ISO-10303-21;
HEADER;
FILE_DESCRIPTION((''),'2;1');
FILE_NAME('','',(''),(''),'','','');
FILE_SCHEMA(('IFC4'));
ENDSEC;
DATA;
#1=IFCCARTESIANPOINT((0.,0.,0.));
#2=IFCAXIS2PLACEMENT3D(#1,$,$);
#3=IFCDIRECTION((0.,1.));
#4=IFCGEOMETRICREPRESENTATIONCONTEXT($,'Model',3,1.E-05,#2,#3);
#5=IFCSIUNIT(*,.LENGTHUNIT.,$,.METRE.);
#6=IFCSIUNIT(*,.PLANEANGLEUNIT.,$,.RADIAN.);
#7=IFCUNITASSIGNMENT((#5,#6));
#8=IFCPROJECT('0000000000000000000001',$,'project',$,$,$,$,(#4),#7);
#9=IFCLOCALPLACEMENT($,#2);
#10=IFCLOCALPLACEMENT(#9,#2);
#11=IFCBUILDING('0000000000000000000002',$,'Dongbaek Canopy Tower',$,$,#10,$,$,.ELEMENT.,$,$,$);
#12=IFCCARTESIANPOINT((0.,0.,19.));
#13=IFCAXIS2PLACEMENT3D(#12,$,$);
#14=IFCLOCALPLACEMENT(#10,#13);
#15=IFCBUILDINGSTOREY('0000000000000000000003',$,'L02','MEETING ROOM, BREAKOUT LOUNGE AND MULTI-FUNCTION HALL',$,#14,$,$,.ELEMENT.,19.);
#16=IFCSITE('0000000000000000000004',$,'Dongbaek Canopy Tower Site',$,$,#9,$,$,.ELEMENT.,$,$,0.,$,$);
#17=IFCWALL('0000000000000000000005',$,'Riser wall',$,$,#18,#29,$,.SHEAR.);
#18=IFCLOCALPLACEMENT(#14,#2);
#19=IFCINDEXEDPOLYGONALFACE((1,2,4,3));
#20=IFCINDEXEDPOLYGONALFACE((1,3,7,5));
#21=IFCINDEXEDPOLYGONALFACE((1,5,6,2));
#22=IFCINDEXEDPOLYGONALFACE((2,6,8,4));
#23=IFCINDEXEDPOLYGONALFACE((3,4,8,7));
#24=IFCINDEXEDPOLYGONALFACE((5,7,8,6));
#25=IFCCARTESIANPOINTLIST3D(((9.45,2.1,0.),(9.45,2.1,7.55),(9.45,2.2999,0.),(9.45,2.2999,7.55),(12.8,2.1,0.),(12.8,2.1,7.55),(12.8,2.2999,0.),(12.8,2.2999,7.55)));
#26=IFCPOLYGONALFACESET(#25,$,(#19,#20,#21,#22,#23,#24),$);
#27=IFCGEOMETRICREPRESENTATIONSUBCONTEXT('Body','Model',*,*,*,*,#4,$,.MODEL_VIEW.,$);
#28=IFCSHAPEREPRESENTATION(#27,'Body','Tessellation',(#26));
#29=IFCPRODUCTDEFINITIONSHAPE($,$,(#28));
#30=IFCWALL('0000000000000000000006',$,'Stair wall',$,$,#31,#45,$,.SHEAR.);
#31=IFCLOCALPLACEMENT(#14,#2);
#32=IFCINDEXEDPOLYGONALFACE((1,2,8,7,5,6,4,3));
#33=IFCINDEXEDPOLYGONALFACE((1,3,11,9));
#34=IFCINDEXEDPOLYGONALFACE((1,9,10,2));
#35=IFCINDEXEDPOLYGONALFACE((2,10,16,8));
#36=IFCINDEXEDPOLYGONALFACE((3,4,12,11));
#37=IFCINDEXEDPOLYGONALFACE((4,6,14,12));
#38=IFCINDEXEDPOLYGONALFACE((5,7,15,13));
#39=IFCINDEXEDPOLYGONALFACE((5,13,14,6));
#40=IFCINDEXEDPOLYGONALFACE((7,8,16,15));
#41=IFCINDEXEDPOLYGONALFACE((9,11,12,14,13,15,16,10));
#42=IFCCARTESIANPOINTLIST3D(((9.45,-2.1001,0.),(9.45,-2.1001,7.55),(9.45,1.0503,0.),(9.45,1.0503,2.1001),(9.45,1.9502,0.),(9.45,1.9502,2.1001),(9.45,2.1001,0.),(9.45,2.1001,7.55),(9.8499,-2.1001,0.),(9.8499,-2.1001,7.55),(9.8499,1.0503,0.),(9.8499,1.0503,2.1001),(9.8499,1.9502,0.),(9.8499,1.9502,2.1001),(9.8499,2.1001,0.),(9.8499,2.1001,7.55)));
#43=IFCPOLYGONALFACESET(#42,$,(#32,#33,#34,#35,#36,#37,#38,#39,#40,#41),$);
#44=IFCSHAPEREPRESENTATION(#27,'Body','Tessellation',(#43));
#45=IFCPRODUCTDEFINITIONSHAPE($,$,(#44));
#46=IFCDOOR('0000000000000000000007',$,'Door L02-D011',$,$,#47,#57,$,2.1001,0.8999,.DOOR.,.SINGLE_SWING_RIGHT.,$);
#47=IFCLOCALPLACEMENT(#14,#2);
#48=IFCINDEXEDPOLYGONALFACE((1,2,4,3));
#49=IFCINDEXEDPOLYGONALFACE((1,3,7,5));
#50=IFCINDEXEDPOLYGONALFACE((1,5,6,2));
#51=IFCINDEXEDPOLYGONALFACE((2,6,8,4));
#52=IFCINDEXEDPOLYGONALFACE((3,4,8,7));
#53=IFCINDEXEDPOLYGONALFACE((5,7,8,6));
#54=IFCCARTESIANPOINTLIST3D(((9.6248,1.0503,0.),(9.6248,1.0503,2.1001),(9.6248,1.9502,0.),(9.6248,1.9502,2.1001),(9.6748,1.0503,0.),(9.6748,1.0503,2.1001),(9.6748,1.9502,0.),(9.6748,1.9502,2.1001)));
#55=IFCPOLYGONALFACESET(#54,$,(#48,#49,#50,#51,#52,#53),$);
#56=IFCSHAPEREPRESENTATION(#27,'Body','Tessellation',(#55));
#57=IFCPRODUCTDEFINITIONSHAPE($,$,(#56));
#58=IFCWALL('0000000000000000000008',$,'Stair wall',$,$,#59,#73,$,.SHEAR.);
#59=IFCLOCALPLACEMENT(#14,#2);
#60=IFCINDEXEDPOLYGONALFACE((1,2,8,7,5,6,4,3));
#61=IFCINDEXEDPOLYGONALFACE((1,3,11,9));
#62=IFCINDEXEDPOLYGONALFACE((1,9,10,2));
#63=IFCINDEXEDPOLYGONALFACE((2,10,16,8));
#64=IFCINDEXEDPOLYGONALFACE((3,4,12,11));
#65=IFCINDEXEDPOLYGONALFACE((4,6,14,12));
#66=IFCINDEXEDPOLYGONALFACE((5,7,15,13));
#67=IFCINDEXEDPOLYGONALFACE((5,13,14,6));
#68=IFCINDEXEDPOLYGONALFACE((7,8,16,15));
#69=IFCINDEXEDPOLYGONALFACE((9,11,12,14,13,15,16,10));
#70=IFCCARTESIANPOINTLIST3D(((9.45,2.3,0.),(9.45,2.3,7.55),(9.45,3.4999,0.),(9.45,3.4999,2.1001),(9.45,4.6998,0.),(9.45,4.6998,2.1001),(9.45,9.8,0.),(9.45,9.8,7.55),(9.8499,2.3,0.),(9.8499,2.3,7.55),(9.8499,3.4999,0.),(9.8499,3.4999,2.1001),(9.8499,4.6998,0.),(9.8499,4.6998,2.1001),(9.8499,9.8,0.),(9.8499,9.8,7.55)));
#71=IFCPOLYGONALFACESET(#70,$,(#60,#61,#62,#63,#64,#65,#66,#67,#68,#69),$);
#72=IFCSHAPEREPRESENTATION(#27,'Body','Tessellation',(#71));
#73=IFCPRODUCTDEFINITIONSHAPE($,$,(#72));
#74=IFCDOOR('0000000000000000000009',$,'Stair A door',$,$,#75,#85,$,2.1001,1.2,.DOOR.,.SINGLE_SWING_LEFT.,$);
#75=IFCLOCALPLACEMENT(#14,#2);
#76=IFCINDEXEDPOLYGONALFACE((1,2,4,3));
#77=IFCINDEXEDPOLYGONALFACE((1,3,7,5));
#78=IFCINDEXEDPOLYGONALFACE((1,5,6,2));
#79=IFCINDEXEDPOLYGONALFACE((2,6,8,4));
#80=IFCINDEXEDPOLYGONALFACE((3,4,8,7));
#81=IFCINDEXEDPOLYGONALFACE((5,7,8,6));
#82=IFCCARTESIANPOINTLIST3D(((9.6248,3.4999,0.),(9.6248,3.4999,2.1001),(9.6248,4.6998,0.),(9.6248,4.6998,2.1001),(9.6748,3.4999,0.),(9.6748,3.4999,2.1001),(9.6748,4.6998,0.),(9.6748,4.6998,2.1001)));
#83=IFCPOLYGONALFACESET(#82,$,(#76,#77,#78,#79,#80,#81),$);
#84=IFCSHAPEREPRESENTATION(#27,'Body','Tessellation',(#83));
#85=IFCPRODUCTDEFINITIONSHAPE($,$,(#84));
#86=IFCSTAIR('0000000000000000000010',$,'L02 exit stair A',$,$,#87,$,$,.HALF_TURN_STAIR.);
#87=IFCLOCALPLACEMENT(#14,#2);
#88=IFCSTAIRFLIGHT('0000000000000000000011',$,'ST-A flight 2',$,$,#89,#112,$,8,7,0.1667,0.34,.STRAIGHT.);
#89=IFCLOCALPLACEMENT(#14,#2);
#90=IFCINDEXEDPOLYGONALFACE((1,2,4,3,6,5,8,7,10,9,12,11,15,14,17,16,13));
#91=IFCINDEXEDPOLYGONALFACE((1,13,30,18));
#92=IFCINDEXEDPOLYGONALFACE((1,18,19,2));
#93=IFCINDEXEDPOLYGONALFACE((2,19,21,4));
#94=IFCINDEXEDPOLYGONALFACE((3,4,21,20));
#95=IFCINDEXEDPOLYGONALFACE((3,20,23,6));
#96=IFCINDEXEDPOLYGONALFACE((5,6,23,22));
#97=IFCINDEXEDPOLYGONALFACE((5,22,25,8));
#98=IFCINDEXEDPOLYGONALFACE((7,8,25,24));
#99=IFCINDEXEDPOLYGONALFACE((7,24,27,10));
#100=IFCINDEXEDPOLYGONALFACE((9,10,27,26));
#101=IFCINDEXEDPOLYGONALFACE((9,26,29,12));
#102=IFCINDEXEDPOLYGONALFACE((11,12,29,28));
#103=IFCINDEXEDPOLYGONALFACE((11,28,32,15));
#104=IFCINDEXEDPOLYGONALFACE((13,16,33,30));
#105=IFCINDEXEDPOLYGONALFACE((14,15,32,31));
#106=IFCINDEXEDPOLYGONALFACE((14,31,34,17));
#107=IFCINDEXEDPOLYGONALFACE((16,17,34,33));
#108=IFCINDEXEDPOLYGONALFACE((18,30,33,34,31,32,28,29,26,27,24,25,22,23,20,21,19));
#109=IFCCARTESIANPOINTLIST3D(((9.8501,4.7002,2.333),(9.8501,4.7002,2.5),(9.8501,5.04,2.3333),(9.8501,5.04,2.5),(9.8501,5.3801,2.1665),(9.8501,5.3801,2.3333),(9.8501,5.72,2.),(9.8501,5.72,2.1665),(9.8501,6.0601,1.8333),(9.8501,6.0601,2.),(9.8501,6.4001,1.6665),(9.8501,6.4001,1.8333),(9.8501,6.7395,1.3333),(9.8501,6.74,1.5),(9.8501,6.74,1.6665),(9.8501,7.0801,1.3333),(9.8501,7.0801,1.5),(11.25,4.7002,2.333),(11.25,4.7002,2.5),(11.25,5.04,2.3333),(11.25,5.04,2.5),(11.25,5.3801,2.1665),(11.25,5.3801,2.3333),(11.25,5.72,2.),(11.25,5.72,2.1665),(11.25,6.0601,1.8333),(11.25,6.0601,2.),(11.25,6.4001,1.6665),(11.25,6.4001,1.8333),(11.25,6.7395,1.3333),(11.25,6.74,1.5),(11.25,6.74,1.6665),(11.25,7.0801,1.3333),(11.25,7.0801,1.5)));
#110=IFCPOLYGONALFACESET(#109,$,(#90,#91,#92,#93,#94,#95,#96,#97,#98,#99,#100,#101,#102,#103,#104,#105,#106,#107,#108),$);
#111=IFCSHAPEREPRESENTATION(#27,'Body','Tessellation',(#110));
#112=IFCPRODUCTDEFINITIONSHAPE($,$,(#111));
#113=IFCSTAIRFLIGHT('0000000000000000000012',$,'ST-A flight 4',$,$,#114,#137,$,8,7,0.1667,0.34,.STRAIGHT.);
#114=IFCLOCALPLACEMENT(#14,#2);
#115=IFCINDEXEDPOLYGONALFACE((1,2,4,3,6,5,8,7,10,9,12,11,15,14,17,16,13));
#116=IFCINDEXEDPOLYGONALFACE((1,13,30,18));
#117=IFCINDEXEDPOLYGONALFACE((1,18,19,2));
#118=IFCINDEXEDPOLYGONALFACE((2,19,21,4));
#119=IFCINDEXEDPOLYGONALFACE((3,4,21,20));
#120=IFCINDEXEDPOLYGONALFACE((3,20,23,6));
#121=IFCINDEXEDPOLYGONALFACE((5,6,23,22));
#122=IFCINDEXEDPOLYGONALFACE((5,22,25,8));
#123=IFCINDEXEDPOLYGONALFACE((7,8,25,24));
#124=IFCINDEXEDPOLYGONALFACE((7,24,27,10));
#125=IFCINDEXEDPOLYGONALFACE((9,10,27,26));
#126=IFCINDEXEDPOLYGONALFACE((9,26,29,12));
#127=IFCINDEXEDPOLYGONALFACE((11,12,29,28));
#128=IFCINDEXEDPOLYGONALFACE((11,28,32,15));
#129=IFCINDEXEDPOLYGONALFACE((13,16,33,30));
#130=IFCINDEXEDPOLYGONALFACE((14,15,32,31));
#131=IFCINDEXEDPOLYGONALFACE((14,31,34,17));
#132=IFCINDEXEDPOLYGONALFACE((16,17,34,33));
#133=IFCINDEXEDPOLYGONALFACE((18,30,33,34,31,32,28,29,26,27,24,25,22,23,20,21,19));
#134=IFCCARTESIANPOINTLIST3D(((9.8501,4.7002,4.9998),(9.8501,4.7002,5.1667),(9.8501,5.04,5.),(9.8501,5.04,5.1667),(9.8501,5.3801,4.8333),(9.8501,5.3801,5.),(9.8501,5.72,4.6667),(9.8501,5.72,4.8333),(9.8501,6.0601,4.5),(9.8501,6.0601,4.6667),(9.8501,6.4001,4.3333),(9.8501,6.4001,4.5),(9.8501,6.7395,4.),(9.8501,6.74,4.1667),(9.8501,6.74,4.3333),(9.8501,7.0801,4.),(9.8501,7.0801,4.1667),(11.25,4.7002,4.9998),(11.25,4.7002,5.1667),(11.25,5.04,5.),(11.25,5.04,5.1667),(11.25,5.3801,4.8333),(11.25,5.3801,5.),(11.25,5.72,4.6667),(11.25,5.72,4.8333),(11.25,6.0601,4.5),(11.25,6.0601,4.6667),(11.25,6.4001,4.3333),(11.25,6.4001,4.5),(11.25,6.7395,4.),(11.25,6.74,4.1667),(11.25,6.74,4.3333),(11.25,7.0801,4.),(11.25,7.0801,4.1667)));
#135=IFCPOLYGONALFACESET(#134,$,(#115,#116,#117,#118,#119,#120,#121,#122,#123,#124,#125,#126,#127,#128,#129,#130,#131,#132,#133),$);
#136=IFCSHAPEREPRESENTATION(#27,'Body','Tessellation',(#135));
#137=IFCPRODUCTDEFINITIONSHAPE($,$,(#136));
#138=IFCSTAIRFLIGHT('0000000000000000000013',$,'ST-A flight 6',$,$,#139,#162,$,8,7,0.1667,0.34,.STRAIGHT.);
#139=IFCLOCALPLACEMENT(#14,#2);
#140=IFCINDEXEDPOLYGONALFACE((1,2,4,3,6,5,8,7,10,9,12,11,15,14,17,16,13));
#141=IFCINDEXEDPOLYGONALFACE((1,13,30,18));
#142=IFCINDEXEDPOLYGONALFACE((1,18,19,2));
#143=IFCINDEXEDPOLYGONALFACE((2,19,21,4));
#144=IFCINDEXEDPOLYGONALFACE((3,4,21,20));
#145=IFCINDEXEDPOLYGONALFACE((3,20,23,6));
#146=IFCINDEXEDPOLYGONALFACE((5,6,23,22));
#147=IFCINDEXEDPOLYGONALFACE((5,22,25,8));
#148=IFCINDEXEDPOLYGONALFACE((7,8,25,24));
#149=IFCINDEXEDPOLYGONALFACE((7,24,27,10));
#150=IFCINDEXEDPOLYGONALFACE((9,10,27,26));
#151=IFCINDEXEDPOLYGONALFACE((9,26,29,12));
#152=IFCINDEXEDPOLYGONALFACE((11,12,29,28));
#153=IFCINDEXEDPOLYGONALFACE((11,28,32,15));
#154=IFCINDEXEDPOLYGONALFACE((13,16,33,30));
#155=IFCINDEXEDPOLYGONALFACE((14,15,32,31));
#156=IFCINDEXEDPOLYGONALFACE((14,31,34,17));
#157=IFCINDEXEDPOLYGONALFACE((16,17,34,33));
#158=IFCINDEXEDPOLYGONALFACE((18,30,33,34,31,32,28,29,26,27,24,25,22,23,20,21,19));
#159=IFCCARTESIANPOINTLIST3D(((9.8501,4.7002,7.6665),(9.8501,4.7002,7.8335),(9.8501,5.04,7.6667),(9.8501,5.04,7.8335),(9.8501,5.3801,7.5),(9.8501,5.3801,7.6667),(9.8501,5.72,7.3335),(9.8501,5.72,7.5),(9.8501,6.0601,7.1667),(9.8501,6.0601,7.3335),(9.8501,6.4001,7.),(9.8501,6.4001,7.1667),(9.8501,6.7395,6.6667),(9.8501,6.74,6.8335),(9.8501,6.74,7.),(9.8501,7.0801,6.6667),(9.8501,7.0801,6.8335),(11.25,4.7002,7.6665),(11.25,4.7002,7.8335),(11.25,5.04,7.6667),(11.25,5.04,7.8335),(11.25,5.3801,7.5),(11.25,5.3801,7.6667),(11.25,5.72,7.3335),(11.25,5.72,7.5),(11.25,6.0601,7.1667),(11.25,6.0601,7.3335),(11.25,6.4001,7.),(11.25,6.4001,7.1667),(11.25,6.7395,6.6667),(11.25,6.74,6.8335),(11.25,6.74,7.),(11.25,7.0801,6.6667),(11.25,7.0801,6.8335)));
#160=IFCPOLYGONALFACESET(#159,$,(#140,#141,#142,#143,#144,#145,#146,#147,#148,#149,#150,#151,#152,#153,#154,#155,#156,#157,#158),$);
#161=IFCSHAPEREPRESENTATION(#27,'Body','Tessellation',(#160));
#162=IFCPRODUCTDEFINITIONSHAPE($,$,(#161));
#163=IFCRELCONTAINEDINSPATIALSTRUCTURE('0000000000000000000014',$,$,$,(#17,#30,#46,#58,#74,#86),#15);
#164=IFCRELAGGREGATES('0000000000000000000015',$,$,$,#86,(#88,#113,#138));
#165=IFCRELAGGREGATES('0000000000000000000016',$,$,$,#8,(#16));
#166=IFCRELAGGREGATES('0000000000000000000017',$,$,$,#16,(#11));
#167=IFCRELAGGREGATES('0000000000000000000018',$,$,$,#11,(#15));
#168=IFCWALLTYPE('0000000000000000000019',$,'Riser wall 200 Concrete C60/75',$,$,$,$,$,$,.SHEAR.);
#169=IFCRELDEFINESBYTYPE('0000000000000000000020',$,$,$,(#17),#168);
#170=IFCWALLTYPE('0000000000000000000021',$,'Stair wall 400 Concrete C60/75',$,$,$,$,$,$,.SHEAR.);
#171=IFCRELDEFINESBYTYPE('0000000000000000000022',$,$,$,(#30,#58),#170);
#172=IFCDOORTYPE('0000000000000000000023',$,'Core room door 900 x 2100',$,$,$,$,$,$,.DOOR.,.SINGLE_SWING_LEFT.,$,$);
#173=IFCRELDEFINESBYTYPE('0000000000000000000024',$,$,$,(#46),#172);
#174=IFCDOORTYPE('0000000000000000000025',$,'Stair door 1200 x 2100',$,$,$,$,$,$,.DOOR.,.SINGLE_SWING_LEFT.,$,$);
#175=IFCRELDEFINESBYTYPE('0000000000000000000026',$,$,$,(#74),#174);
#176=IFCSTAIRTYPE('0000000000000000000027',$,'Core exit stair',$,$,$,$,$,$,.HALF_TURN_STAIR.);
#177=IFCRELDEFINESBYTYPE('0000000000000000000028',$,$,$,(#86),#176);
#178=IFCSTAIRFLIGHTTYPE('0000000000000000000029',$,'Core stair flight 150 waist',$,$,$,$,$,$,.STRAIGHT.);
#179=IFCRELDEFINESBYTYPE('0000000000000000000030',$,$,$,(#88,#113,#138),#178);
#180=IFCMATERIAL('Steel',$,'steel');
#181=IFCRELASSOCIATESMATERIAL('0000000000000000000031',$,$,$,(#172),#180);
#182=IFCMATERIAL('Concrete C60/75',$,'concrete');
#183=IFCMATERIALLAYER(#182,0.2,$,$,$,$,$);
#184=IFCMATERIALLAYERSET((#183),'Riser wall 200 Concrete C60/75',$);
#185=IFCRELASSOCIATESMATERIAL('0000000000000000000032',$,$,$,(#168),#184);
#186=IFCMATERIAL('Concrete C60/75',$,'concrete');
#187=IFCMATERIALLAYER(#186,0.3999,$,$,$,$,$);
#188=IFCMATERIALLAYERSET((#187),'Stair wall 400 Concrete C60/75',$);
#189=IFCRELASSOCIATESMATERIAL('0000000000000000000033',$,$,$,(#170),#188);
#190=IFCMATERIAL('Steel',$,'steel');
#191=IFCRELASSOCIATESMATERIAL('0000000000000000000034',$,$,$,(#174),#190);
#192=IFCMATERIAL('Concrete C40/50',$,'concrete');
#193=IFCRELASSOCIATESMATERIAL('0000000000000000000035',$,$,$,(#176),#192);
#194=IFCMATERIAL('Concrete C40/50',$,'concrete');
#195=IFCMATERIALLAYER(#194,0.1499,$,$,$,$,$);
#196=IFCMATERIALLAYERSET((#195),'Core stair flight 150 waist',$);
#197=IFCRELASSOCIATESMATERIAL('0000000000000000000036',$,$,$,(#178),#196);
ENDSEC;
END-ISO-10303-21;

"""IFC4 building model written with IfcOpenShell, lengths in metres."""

from ifc_helpers import new_model, si_unit, direction, frame, frame_2d, origin, place, context, subcontext, project, spatial, polyline, rectangle, outline, extrude, material, layer, layer_set, type_object, element, fill, aggregate, save


model = new_model("IFC4")

# Units and contexts
model_context = context("Model", 3, precision=1e-05, world=origin(), true_north=direction((0.0, 1.0)))
body_context = subcontext(model_context, "Body", "Model", "MODEL_VIEW")
ifc_project = project(units=[si_unit("LENGTHUNIT", "METRE"), si_unit("PLANEANGLEUNIT", "RADIAN")], contexts=[model_context])

# Site, building, storey
site_placement = place(None, origin())
site = spatial("IfcSite", under=ifc_project, at=site_placement, Name="Dongbaek Canopy Tower Site", CompositionType="ELEMENT", RefElevation=0.0)
building_placement = place(site_placement, origin())
building = spatial("IfcBuilding", under=site, at=building_placement, Name="Dongbaek Canopy Tower", CompositionType="ELEMENT")
storey_placement = place(building_placement, frame((0.0, 0.0, 19.0)))
storey = spatial("IfcBuildingStorey", under=building, at=storey_placement, Name="L02", Description="MEETING ROOM, BREAKOUT LOUNGE AND MULTI-FUNCTION HALL", CompositionType="ELEMENT", Elevation=19.0)

# Shared definitions
ifc_material_1 = material(Name="Steel", Category="steel")
door_type_1 = type_object("IfcDoorType", Name="Core room door 900 x 2100", OperationType="SINGLE_SWING_LEFT", PredefinedType="DOOR", material=ifc_material_1)

# Wall
ifc_material_2 = material(Name="Concrete C60/75", Category="concrete")
ifc_layer_1 = layer(ifc_material_2, 0.2)
ifc_layer_set_1 = layer_set([ifc_layer_1], Name="Riser wall 200 Concrete C60/75")
wall_type_1 = type_object("IfcWallType", Name="Riser wall 200 Concrete C60/75", PredefinedType="SHEAR", material=ifc_layer_set_1)
wall_1_placement = place(storey_placement, frame((9.45, 2.2, 0.0), z_axis=(0.0, 0.0, 1.0), x_axis=(1.0, 0.0, 0.0)))
element("IfcWall", 1, at=wall_1_placement, inside=storey, type_object=wall_type_1, Name="Riser wall", PredefinedType="SHEAR", context=body_context, shape_type="SweptSolid", body=[
    extrude(rectangle(XDim=3.3501, YDim=0.2, at=frame_2d((1.675, 0.0))), origin(), (0.0, 0.0, 1.0), 7.55),
])

# Walls, openings, doors
ifc_material_3 = material(Name="Concrete C60/75", Category="concrete")
ifc_layer_2 = layer(ifc_material_3, 0.3999)
ifc_layer_set_2 = layer_set([ifc_layer_2], Name="Stair wall 400 Concrete C60/75")
wall_type_2 = type_object("IfcWallType", Name="Stair wall 400 Concrete C60/75", PredefinedType="SHEAR", material=ifc_layer_set_2)
wall_2_placement = place(storey_placement, frame((9.6499, 2.1001, 0.0), z_axis=(0.0, 0.0, 1.0), x_axis=(0.0, -1.0, 0.0)))
wall_2 = element("IfcWall", 2, at=wall_2_placement, inside=storey, type_object=wall_type_2, Name="Stair wall", PredefinedType="SHEAR", context=body_context, shape_type="SweptSolid", body=[
    extrude(rectangle(XDim=4.2002, YDim=0.3999, at=frame_2d((2.1001, 0.0))), origin(), (0.0, 0.0, 1.0), 7.55),
])
opening_1_placement = place(wall_2_placement, frame((0.1499, 0.0, 0.0)))
opening_1 = element("IfcOpeningElement", 3, at=opening_1_placement, cuts=wall_2, PredefinedType="OPENING", context=body_context, shape_type="SweptSolid", body=[
    extrude(rectangle(XDim=0.8999, YDim=2.1001, at=frame_2d((0.45, 1.05))), frame((0.0, 0.21, 0.0), z_axis=(0.0, -1.0, 0.0), x_axis=(1.0, 0.0, 0.0)), (0.0, 0.0, 1.0), 0.4199),
])
door_1_placement = place(opening_1_placement, origin())
door_1 = element("IfcDoor", 4, at=door_1_placement, inside=storey, type_object=door_type_1, Name="Door L02-D011", OperationType="SINGLE_SWING_RIGHT", OverallHeight=2.1001, OverallWidth=0.8999, PredefinedType="DOOR", context=body_context, shape_type="SweptSolid", body=[
    extrude(rectangle(XDim=0.8999, YDim=2.1001, at=frame_2d((0.45, 1.05))), frame((0.0, 0.0249, 0.0), z_axis=(0.0, -1.0, 0.0), x_axis=(1.0, 0.0, 0.0)), (0.0, 0.0, 1.0), 0.05),
])
fill(opening_1, door_1)
wall_3_placement = place(storey_placement, frame((9.6499, 9.8, 0.0), z_axis=(0.0, 0.0, 1.0), x_axis=(0.0, -1.0, 0.0)))
wall_3 = element("IfcWall", 5, at=wall_3_placement, inside=storey, type_object=wall_type_2, Name="Stair wall", PredefinedType="SHEAR", context=body_context, shape_type="SweptSolid", body=[
    extrude(rectangle(XDim=7.5, YDim=0.3999, at=frame_2d((3.75, 0.0))), origin(), (0.0, 0.0, 1.0), 7.55),
])
opening_2_placement = place(wall_3_placement, frame((5.1001, 0.0, 0.0)))
opening_2 = element("IfcOpeningElement", 6, at=opening_2_placement, cuts=wall_3, PredefinedType="OPENING", context=body_context, shape_type="SweptSolid", body=[
    extrude(rectangle(XDim=1.2, YDim=2.1001, at=frame_2d((0.6001, 1.05))), frame((0.0, 0.21, 0.0), z_axis=(0.0, -1.0, 0.0), x_axis=(1.0, 0.0, 0.0)), (0.0, 0.0, 1.0), 0.4199),
])
ifc_material_4 = material(Name="Steel", Category="steel")
door_type_2 = type_object("IfcDoorType", Name="Stair door 1200 x 2100", OperationType="SINGLE_SWING_LEFT", PredefinedType="DOOR", material=ifc_material_4)
door_2_placement = place(opening_2_placement, origin())
door_2 = element("IfcDoor", 7, at=door_2_placement, inside=storey, type_object=door_type_2, Name="Stair A door", OperationType="SINGLE_SWING_LEFT", OverallHeight=2.1001, OverallWidth=1.2, PredefinedType="DOOR", context=body_context, shape_type="SweptSolid", body=[
    extrude(rectangle(XDim=1.2, YDim=2.1001, at=frame_2d((0.6001, 1.05))), frame((0.0, 0.0249, 0.0), z_axis=(0.0, -1.0, 0.0), x_axis=(1.0, 0.0, 0.0)), (0.0, 0.0, 1.0), 0.05),
])
fill(opening_2, door_2)

# Stair, stair flights
ifc_material_5 = material(Name="Concrete C40/50", Category="concrete")
stair_type = type_object("IfcStairType", Name="Core exit stair", PredefinedType="HALF_TURN_STAIR", material=ifc_material_5)
stair_placement = place(storey_placement, origin())
stair = element("IfcStair", 8, at=stair_placement, inside=storey, type_object=stair_type, Name="L02 exit stair A", PredefinedType="HALF_TURN_STAIR")
ifc_material_6 = material(Name="Concrete C40/50", Category="concrete")
ifc_layer_3 = layer(ifc_material_6, 0.1499)
ifc_layer_set_3 = layer_set([ifc_layer_3], Name="Core stair flight 150 waist")
stair_flight_type = type_object("IfcStairFlightType", Name="Core stair flight 150 waist", PredefinedType="STRAIGHT", material=ifc_layer_set_3)
stair_flight_1_placement = place(storey_placement, frame((10.55, 7.0801, 1.3333), z_axis=(0.0, 0.0, 1.0), x_axis=(0.0, -1.0, 0.0)))
stair_flight_1 = element("IfcStairFlight", 9, at=stair_flight_1_placement, type_object=stair_flight_type, Name="ST-A flight 2", NumberOfRisers=8, NumberOfTreads=7, PredefinedType="STRAIGHT", RiserHeight=0.1667, TreadLength=0.34, context=body_context, shape_type="SweptSolid", body=[
    extrude(outline(polyline([(0.0, 0.0), (0.0, 0.1667), (0.3401, 0.1667), (0.3401, 0.3333), (0.6799, 0.3333), (0.6799, 0.5), (1.02, 0.5), (1.02, 0.6667), (1.3601, 0.6667), (1.3601, 0.8333), (1.7, 0.8333), (1.7, 1.0), (2.04, 1.0), (2.04, 1.1667), (2.3799, 1.1667), (2.3799, 1.3333), (2.3799, 0.9998), (0.3406, 0.0), (0.0, 0.0)])), frame((0.0, 0.7, 0.0), z_axis=(0.0, -1.0, 0.0), x_axis=(1.0, 0.0, 0.0)), (0.0, 0.0, 1.0), 1.3999),
])
stair_flight_2_placement = place(storey_placement, frame((10.55, 7.0801, 4.0), z_axis=(0.0, 0.0, 1.0), x_axis=(0.0, -1.0, 0.0)))
stair_flight_2 = element("IfcStairFlight", 10, at=stair_flight_2_placement, type_object=stair_flight_type, Name="ST-A flight 4", NumberOfRisers=8, NumberOfTreads=7, PredefinedType="STRAIGHT", RiserHeight=0.1667, TreadLength=0.34, context=body_context, shape_type="SweptSolid", body=[
    extrude(outline(polyline([(0.0, 0.0), (0.0, 0.1667), (0.3401, 0.1667), (0.3401, 0.3333), (0.6799, 0.3333), (0.6799, 0.5), (1.02, 0.5), (1.02, 0.6667), (1.3601, 0.6667), (1.3601, 0.8333), (1.7, 0.8333), (1.7, 1.0), (2.04, 1.0), (2.04, 1.1667), (2.3799, 1.1667), (2.3799, 1.3333), (2.3799, 0.9998), (0.3406, 0.0), (0.0, 0.0)])), frame((0.0, 0.7, 0.0), z_axis=(0.0, -1.0, 0.0), x_axis=(1.0, 0.0, 0.0)), (0.0, 0.0, 1.0), 1.3999),
])
stair_flight_3_placement = place(storey_placement, frame((10.55, 7.0801, 6.6667), z_axis=(0.0, 0.0, 1.0), x_axis=(0.0, -1.0, 0.0)))
stair_flight_3 = element("IfcStairFlight", 11, at=stair_flight_3_placement, type_object=stair_flight_type, Name="ST-A flight 6", NumberOfRisers=8, NumberOfTreads=7, PredefinedType="STRAIGHT", RiserHeight=0.1667, TreadLength=0.34, context=body_context, shape_type="SweptSolid", body=[
    extrude(outline(polyline([(0.0, 0.0), (0.0, 0.1667), (0.3401, 0.1667), (0.3401, 0.3333), (0.6799, 0.3333), (0.6799, 0.5), (1.02, 0.5), (1.02, 0.6667), (1.3601, 0.6667), (1.3601, 0.8333), (1.7, 0.8333), (1.7, 1.0), (2.04, 1.0), (2.04, 1.1667), (2.3799, 1.1667), (2.3799, 1.3333), (2.3799, 0.9998), (0.3406, 0.0), (0.0, 0.0)])), frame((0.0, 0.7, 0.0), z_axis=(0.0, -1.0, 0.0), x_axis=(1.0, 0.0, 0.0)), (0.0, 0.0, 1.0), 1.3999),
])
aggregate(stair, [stair_flight_1, stair_flight_2, stair_flight_3])

save(model, "model.ifc")
